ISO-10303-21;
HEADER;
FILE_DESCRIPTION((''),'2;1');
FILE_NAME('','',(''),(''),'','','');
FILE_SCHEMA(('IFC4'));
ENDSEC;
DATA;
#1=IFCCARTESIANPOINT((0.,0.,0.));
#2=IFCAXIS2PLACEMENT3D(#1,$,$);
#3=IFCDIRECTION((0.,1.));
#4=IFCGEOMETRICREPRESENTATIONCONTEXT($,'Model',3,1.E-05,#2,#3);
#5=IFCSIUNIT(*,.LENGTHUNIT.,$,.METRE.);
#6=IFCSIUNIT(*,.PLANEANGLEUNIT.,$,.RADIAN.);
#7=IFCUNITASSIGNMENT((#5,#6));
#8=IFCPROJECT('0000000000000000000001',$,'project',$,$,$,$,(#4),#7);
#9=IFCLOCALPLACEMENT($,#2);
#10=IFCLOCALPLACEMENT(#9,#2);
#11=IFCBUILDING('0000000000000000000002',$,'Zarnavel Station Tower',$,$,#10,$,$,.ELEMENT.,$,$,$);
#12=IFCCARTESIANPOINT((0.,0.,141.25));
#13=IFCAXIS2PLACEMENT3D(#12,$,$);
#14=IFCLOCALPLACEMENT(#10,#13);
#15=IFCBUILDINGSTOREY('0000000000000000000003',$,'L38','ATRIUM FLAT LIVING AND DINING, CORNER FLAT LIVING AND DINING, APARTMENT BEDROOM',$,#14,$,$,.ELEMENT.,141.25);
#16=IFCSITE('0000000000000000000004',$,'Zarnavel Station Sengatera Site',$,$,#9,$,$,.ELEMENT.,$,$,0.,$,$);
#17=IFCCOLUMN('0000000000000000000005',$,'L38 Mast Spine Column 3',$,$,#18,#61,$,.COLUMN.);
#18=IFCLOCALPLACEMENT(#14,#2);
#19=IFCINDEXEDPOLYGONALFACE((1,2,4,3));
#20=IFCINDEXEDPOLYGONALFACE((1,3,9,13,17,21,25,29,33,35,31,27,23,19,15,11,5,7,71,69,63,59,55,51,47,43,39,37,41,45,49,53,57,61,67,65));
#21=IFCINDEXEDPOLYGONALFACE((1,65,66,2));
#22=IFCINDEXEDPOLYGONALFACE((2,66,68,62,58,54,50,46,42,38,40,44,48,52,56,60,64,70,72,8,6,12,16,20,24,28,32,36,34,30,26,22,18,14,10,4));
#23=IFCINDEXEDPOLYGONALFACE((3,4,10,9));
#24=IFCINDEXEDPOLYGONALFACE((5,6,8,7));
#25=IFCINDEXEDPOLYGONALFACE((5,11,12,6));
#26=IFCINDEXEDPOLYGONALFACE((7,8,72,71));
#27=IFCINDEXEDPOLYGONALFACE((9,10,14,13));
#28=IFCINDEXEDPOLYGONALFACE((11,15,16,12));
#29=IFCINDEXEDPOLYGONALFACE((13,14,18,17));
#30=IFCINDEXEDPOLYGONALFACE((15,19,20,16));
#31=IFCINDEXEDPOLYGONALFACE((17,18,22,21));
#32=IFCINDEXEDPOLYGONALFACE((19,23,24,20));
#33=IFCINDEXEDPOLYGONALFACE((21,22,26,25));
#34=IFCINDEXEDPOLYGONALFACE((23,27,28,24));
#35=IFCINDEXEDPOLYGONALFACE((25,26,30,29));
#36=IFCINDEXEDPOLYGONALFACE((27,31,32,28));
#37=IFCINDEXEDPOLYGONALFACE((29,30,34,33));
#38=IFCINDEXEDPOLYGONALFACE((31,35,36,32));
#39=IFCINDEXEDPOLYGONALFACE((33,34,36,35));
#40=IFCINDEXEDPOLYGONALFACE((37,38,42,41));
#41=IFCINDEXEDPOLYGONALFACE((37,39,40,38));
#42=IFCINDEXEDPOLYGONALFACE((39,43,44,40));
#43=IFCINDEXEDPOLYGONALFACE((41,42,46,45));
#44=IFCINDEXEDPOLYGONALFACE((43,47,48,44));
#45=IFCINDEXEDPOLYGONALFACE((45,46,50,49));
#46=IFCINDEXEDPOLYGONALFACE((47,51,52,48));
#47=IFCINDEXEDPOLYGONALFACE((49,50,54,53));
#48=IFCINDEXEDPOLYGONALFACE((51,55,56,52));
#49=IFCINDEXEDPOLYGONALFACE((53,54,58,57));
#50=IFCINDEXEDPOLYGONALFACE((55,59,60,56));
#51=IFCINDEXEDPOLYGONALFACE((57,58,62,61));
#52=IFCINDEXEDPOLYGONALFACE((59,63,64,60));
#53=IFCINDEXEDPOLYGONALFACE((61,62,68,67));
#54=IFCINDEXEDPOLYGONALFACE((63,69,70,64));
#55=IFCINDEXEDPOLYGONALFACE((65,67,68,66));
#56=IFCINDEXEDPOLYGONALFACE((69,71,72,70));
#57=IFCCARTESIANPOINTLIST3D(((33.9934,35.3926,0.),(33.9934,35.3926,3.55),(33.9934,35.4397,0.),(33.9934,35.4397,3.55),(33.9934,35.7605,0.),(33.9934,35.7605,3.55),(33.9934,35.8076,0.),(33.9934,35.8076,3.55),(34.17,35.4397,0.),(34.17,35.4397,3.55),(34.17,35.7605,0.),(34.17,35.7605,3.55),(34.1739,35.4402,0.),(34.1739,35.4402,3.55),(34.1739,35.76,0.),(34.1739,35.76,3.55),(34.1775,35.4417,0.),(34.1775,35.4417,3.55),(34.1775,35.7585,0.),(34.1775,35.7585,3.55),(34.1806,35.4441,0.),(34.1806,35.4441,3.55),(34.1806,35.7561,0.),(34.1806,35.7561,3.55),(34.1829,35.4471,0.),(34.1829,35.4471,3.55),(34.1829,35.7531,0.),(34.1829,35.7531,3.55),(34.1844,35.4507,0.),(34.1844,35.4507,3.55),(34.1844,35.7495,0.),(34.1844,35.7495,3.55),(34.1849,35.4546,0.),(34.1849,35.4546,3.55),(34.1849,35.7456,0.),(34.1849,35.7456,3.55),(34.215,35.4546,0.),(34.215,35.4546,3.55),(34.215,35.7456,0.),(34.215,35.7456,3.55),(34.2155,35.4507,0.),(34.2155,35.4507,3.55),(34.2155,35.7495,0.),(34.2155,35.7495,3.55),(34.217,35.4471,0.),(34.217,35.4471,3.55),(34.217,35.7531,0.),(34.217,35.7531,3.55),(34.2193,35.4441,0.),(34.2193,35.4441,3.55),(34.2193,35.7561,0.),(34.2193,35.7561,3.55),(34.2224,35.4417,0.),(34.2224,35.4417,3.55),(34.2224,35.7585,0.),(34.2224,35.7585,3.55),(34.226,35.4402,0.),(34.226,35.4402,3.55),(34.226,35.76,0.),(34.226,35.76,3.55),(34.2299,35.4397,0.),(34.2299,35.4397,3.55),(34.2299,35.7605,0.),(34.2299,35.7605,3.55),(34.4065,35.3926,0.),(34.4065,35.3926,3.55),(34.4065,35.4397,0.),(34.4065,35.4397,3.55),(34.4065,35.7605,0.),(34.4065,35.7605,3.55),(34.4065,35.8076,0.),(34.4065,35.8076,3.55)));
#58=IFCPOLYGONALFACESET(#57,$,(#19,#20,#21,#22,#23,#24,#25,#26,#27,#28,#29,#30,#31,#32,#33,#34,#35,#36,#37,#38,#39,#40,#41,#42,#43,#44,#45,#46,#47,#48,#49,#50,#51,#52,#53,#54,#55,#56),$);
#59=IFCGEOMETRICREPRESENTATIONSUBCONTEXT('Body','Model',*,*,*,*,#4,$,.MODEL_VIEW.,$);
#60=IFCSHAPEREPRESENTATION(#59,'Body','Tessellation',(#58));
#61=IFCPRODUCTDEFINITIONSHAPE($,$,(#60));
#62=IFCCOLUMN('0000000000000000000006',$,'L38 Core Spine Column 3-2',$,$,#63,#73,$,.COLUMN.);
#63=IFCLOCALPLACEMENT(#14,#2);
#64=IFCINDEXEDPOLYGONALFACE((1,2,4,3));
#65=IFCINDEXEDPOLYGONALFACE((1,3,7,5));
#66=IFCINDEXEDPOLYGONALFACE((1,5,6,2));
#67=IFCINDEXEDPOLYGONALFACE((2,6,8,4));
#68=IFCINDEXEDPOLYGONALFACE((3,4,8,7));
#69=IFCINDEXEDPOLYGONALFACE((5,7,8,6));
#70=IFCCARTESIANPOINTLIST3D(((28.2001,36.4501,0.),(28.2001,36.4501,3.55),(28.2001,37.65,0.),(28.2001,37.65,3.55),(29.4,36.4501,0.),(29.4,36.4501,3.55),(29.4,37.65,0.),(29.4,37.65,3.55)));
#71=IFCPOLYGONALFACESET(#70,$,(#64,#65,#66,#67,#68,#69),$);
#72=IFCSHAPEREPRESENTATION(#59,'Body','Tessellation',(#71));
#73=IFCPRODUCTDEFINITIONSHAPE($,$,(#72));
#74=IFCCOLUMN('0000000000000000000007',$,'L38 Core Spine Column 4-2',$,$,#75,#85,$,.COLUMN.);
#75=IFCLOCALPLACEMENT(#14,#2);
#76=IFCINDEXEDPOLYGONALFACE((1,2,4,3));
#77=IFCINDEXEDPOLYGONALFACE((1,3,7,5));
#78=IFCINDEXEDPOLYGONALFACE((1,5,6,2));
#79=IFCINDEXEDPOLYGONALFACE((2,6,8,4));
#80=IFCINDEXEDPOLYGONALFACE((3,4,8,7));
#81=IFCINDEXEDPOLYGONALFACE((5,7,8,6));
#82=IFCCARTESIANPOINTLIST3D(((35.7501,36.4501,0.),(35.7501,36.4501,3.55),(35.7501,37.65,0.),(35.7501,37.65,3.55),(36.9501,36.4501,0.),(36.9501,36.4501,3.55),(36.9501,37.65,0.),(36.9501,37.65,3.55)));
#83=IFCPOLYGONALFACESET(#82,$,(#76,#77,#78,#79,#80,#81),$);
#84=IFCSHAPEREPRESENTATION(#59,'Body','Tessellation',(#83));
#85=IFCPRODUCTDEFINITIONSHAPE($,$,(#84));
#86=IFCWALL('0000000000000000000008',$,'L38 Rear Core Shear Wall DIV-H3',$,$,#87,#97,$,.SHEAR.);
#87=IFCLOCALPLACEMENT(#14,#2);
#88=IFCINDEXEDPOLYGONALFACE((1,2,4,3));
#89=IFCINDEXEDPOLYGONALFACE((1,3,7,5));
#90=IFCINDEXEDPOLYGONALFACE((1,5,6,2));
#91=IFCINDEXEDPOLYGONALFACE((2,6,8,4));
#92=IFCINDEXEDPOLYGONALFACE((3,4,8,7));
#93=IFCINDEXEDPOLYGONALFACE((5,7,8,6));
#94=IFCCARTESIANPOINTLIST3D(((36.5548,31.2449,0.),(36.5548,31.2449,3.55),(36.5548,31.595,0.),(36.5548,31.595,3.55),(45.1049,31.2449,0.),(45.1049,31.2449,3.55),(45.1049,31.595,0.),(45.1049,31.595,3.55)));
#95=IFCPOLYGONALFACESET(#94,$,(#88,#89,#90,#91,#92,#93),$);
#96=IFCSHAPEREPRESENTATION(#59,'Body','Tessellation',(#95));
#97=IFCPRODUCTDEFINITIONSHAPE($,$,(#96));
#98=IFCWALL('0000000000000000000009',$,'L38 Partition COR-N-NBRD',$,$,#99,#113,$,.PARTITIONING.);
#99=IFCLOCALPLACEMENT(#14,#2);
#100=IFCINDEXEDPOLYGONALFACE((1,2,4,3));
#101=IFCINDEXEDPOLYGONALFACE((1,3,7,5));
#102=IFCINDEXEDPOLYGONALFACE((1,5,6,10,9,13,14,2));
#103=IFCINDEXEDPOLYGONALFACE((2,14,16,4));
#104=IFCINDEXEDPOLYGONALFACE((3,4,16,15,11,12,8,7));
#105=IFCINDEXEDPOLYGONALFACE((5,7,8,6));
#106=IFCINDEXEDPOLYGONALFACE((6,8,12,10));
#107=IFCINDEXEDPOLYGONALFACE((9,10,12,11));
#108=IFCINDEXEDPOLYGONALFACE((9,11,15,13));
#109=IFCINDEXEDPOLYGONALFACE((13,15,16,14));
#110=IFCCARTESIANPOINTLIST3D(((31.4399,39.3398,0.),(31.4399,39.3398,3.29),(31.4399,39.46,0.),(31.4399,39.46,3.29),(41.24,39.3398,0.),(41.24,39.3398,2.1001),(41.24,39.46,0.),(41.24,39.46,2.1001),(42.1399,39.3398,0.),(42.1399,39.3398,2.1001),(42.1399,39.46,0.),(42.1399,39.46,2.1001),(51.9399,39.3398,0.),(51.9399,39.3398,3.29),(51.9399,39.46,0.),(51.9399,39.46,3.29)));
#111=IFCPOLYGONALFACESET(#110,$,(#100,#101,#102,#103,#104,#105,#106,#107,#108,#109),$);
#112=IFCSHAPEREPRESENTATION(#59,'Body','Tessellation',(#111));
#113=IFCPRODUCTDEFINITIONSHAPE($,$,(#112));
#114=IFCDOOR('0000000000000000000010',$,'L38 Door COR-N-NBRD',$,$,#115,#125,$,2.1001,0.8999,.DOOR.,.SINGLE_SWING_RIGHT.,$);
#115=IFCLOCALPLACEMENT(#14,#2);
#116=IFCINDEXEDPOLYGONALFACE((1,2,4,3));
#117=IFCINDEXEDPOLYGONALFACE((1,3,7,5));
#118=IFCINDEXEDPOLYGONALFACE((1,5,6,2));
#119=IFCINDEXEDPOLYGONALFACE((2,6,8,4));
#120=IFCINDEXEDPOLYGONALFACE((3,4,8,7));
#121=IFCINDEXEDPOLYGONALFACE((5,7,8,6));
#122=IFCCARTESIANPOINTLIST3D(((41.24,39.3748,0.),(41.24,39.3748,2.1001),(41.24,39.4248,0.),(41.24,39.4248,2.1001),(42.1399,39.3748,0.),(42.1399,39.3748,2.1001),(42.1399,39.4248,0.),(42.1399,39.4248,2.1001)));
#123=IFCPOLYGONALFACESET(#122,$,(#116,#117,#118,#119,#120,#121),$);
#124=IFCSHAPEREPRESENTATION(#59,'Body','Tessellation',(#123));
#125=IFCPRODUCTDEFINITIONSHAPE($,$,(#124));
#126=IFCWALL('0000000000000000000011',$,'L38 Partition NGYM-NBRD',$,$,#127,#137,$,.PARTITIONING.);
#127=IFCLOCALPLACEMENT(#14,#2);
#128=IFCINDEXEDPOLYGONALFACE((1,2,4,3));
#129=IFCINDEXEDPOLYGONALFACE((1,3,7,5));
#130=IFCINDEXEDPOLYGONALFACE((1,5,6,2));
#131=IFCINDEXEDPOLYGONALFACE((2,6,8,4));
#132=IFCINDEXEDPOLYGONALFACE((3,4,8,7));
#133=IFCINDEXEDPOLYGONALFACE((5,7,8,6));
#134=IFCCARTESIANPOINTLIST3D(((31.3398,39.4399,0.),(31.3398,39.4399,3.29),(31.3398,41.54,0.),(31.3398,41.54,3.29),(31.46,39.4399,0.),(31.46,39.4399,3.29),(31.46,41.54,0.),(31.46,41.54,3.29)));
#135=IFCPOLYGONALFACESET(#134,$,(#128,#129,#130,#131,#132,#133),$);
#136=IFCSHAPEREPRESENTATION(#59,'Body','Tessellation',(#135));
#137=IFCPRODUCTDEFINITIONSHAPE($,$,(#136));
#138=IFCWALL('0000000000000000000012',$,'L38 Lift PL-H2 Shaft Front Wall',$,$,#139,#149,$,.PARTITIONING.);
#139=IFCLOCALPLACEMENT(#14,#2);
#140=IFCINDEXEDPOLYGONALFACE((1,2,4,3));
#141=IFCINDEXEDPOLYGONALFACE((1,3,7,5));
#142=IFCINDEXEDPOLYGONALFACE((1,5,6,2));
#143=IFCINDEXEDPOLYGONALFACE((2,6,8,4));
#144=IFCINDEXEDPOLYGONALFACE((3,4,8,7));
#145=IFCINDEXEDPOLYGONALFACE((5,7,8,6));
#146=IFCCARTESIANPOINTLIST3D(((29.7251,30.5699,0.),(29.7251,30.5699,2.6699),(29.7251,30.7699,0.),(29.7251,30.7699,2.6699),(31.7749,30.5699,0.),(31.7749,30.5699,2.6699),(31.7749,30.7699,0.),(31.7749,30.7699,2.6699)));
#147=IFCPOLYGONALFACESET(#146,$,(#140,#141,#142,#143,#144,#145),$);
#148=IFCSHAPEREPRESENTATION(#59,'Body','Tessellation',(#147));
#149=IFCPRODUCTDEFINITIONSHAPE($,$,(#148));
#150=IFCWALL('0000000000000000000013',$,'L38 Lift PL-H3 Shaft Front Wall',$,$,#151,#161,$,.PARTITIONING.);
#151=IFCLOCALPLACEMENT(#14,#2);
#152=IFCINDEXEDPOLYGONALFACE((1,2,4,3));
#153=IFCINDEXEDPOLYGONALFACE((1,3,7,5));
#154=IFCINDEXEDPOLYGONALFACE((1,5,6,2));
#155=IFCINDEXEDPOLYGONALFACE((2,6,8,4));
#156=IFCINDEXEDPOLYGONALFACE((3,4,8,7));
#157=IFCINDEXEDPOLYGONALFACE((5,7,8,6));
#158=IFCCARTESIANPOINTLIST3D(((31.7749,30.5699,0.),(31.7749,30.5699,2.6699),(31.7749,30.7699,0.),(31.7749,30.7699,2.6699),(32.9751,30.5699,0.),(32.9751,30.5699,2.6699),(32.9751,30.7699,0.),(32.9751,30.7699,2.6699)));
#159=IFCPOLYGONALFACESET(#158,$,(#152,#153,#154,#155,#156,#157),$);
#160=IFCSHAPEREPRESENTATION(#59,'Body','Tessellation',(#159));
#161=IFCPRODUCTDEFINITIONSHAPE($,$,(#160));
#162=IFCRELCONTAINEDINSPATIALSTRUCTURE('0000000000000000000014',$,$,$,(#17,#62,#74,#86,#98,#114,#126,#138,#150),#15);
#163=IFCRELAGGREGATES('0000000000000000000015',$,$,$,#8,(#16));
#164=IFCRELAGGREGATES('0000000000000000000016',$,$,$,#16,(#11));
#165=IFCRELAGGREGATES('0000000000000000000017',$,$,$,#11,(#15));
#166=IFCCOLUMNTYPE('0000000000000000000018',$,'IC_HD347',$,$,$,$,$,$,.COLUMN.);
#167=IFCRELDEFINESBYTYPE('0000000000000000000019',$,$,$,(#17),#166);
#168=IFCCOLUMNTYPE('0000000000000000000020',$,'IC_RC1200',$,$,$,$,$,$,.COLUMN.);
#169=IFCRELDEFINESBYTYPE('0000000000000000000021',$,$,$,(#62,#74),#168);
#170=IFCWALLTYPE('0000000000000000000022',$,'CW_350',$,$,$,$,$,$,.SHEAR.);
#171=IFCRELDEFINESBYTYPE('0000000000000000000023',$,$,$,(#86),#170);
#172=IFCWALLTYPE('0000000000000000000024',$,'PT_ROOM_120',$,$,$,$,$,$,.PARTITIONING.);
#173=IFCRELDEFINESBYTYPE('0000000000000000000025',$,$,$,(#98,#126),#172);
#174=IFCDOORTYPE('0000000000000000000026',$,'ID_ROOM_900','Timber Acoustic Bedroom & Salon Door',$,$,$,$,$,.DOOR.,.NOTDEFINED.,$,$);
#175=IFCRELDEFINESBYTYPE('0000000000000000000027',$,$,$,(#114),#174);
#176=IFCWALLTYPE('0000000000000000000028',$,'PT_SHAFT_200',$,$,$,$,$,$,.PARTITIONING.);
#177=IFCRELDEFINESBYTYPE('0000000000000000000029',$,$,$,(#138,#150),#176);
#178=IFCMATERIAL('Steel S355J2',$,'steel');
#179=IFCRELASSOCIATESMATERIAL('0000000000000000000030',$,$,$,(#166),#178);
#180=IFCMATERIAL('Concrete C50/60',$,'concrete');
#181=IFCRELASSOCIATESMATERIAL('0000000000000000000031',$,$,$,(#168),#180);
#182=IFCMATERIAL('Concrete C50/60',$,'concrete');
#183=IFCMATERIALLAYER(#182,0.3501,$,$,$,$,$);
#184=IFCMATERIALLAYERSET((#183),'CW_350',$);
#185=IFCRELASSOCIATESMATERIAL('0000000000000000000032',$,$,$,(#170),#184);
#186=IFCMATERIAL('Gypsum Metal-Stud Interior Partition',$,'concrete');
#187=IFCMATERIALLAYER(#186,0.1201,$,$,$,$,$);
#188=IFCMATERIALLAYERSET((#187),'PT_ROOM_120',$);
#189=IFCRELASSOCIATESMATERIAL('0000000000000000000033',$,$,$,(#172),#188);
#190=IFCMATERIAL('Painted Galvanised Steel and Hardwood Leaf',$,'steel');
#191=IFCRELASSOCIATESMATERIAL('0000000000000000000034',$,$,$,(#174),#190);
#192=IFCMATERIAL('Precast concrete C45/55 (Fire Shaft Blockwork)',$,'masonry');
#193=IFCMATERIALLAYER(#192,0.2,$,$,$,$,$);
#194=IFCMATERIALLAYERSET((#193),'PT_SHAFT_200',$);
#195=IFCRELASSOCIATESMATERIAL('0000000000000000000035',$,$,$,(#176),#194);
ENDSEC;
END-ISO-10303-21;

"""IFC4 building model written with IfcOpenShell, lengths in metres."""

from ifc_helpers import new_model, si_unit, direction, frame, frame_2d, origin, origin_2d, place, context, subcontext, project, spatial, rectangle, i_section, extrude, material, layer, layer_set, material_profile, profile_set, type_object, element, fill, save


model = new_model("IFC4")

# Units and contexts
model_context = context("Model", 3, precision=1e-05, world=origin(), true_north=direction((0.0, 1.0)))
body_context = subcontext(model_context, "Body", "Model", "MODEL_VIEW")
ifc_project = project(units=[si_unit("LENGTHUNIT", "METRE"), si_unit("PLANEANGLEUNIT", "RADIAN")], contexts=[model_context])

# Site, building, storey
site_placement = place(None, origin())
site = spatial("IfcSite", under=ifc_project, at=site_placement, Name="Zarnavel Station Sengatera Site", CompositionType="ELEMENT", RefElevation=0.0)
building_placement = place(site_placement, origin())
building = spatial("IfcBuilding", under=site, at=building_placement, Name="Zarnavel Station Tower", CompositionType="ELEMENT")
storey_placement = place(building_placement, frame((0.0, 0.0, 141.25)))
storey = spatial("IfcBuildingStorey", under=building, at=storey_placement, Name="L38", Description="ATRIUM FLAT LIVING AND DINING, CORNER FLAT LIVING AND DINING, APARTMENT BEDROOM", CompositionType="ELEMENT", Elevation=141.25)

# Columns
ifc_material_1 = material(Name="Steel S355J2", Category="steel")
ifc_material_profile_1 = material_profile(ifc_material_1, i_section(OverallWidth=0.4131, OverallDepth=0.415, WebThickness=0.03, FlangeThickness=0.0471, FilletRadius=0.0149, at=origin_2d()), Name="HD400x347")
ifc_profile_set_1 = profile_set([ifc_material_profile_1], Name="Steel S355J2")
column_type_1 = type_object("IfcColumnType", Name="IC_HD347", PredefinedType="COLUMN", material=ifc_profile_set_1)
column_placement = place(storey_placement, frame((34.2, 35.6001, 0.0), z_axis=(0.0, 0.0, 1.0), x_axis=(1.0, 0.0, 0.0)))
element("IfcColumn", 1, at=column_placement, inside=storey, type_object=column_type_1, Name="L38 Mast Spine Column 3", PredefinedType="COLUMN", context=body_context, shape_type="SweptSolid", body=[
    extrude(i_section(OverallWidth=0.4131, OverallDepth=0.415, WebThickness=0.03, FlangeThickness=0.0471, FilletRadius=0.0149, at=origin_2d()), origin(), (0.0, 0.0, 1.0), 3.55),
])
ifc_material_2 = material(Name="Concrete C50/60", Category="concrete")
ifc_material_profile_2 = material_profile(ifc_material_2, rectangle(XDim=1.2, YDim=1.2, at=origin_2d()), Name="RC1200x1200")
ifc_profile_set_2 = profile_set([ifc_material_profile_2], Name="Concrete C50/60")
column_type_2 = type_object("IfcColumnType", Name="IC_RC1200", PredefinedType="COLUMN", material=ifc_profile_set_2)
for number, where, z_axis, x_axis, name in (
    (2, (28.8, 37.05, 0.0), (0.0, 0.0, 1.0), (1.0, 0.0, 0.0), "L38 Core Spine Column 3-2"),
    (3, (36.3501, 37.05, 0.0), (0.0, 0.0, 1.0), (1.0, 0.0, 0.0), "L38 Core Spine Column 4-2"),
):
    element("IfcColumn", number, at=place(storey_placement, frame(where, z_axis=z_axis, x_axis=x_axis)), inside=storey, type_object=column_type_2, Name=name, PredefinedType="COLUMN", context=body_context, shape_type="SweptSolid", body=[
        extrude(rectangle(XDim=1.2, YDim=1.2, at=origin_2d()), origin(), (0.0, 0.0, 1.0), 3.55),
    ])

# Wall
ifc_material_3 = material(Name="Concrete C50/60", Category="concrete")
ifc_layer_1 = layer(ifc_material_3, 0.3501)
ifc_layer_set_1 = layer_set([ifc_layer_1], Name="CW_350")
wall_type_1 = type_object("IfcWallType", Name="CW_350", PredefinedType="SHEAR", material=ifc_layer_set_1)
wall_1_placement = place(storey_placement, frame((36.5549, 31.4199, 0.0), z_axis=(0.0, 0.0, 1.0), x_axis=(1.0, 0.0, 0.0)))
element("IfcWall", 4, at=wall_1_placement, inside=storey, type_object=wall_type_1, Name="L38 Rear Core Shear Wall DIV-H3", PredefinedType="SHEAR", context=body_context, shape_type="SweptSolid", body=[
    extrude(rectangle(XDim=8.55, YDim=0.3501, at=frame_2d((4.2749, 0.0))), origin(), (0.0, 0.0, 1.0), 3.55),
])

# Wall, opening, door
ifc_material_4 = material(Name="Gypsum Metal-Stud Interior Partition", Category="concrete")
ifc_layer_2 = layer(ifc_material_4, 0.1201)
ifc_layer_set_2 = layer_set([ifc_layer_2], Name="PT_ROOM_120")
wall_type_2 = type_object("IfcWallType", Name="PT_ROOM_120", PredefinedType="PARTITIONING", material=ifc_layer_set_2)
wall_2_placement = place(storey_placement, frame((31.4399, 39.3999, 0.0), z_axis=(0.0, 0.0, 1.0), x_axis=(1.0, 0.0, 0.0)))
wall_2 = element("IfcWall", 5, at=wall_2_placement, inside=storey, type_object=wall_type_2, Name="L38 Partition COR-N-NBRD", PredefinedType="PARTITIONING", context=body_context, shape_type="SweptSolid", body=[
    extrude(rectangle(XDim=20.5, YDim=0.1201, at=frame_2d((10.25, 0.0))), origin(), (0.0, 0.0, 1.0), 3.29),
])
opening_1_placement = place(wall_2_placement, frame((9.8, 0.0, 0.0)))
opening_1 = element("IfcOpeningElement", 6, at=opening_1_placement, cuts=wall_2, PredefinedType="OPENING", context=body_context, shape_type="SweptSolid", body=[
    extrude(rectangle(XDim=0.8999, YDim=2.1001, at=frame_2d((0.45, 1.05))), frame((0.0, 0.0701, 0.0), z_axis=(0.0, -1.0, 0.0), x_axis=(1.0, 0.0, 0.0)), (0.0, 0.0, 1.0), 0.1401),
])
ifc_material_5 = material(Name="Painted Galvanised Steel and Hardwood Leaf", Category="steel")
door_type_1 = type_object("IfcDoorType", Name="ID_ROOM_900", Description="Timber Acoustic Bedroom & Salon Door", OperationType="NOTDEFINED", PredefinedType="DOOR", material=ifc_material_5)
door_1_placement = place(opening_1_placement, origin())
door_1 = element("IfcDoor", 7, at=door_1_placement, inside=storey, type_object=door_type_1, Name="L38 Door COR-N-NBRD", OperationType="SINGLE_SWING_RIGHT", OverallHeight=2.1001, OverallWidth=0.8999, PredefinedType="DOOR", context=body_context, shape_type="SweptSolid", body=[
    extrude(rectangle(XDim=0.8999, YDim=2.1001, at=frame_2d((0.45, 1.05))), frame((0.0, 0.0249, 0.0), z_axis=(0.0, -1.0, 0.0), x_axis=(1.0, 0.0, 0.0)), (0.0, 0.0, 1.0), 0.05),
])
fill(opening_1, door_1)

# Wall
wall_3_placement = place(storey_placement, frame((31.3999, 39.4399, 0.0), z_axis=(0.0, 0.0, 1.0), x_axis=(0.0, 1.0, 0.0)))
element("IfcWall", 8, at=wall_3_placement, inside=storey, type_object=wall_type_2, Name="L38 Partition NGYM-NBRD", PredefinedType="PARTITIONING", context=body_context, shape_type="SweptSolid", body=[
    extrude(rectangle(XDim=2.1001, YDim=0.1201, at=frame_2d((1.05, 0.0))), origin(), (0.0, 0.0, 1.0), 3.29),
])

# Shared definitions
ifc_material_6 = material(Name="Precast concrete C45/55 (Fire Shaft Blockwork)", Category="masonry")
ifc_layer_3 = layer(ifc_material_6, 0.2)
ifc_layer_set_3 = layer_set([ifc_layer_3], Name="PT_SHAFT_200")
wall_type_3 = type_object("IfcWallType", Name="PT_SHAFT_200", PredefinedType="PARTITIONING", material=ifc_layer_set_3)

# Walls
wall_4_placement = place(storey_placement, frame((29.7251, 30.6699, 0.0), z_axis=(0.0, 0.0, 1.0), x_axis=(1.0, 0.0, 0.0)))
element("IfcWall", 9, at=wall_4_placement, inside=storey, type_object=wall_type_3, Name="L38 Lift PL-H2 Shaft Front Wall", PredefinedType="PARTITIONING", context=body_context, shape_type="SweptSolid", body=[
    extrude(rectangle(XDim=2.0498, YDim=0.2, at=frame_2d((1.0249, 0.0))), origin(), (0.0, 0.0, 1.0), 2.6699),
])
wall_5_placement = place(storey_placement, frame((31.7749, 30.6699, 0.0), z_axis=(0.0, 0.0, 1.0), x_axis=(1.0, 0.0, 0.0)))
element("IfcWall", 10, at=wall_5_placement, inside=storey, type_object=wall_type_3, Name="L38 Lift PL-H3 Shaft Front Wall", PredefinedType="PARTITIONING", context=body_context, shape_type="SweptSolid", body=[
    extrude(rectangle(XDim=1.2002, YDim=0.2, at=frame_2d((0.6001, 0.0))), origin(), (0.0, 0.0, 1.0), 2.6699),
])

save(model, "model.ifc")
